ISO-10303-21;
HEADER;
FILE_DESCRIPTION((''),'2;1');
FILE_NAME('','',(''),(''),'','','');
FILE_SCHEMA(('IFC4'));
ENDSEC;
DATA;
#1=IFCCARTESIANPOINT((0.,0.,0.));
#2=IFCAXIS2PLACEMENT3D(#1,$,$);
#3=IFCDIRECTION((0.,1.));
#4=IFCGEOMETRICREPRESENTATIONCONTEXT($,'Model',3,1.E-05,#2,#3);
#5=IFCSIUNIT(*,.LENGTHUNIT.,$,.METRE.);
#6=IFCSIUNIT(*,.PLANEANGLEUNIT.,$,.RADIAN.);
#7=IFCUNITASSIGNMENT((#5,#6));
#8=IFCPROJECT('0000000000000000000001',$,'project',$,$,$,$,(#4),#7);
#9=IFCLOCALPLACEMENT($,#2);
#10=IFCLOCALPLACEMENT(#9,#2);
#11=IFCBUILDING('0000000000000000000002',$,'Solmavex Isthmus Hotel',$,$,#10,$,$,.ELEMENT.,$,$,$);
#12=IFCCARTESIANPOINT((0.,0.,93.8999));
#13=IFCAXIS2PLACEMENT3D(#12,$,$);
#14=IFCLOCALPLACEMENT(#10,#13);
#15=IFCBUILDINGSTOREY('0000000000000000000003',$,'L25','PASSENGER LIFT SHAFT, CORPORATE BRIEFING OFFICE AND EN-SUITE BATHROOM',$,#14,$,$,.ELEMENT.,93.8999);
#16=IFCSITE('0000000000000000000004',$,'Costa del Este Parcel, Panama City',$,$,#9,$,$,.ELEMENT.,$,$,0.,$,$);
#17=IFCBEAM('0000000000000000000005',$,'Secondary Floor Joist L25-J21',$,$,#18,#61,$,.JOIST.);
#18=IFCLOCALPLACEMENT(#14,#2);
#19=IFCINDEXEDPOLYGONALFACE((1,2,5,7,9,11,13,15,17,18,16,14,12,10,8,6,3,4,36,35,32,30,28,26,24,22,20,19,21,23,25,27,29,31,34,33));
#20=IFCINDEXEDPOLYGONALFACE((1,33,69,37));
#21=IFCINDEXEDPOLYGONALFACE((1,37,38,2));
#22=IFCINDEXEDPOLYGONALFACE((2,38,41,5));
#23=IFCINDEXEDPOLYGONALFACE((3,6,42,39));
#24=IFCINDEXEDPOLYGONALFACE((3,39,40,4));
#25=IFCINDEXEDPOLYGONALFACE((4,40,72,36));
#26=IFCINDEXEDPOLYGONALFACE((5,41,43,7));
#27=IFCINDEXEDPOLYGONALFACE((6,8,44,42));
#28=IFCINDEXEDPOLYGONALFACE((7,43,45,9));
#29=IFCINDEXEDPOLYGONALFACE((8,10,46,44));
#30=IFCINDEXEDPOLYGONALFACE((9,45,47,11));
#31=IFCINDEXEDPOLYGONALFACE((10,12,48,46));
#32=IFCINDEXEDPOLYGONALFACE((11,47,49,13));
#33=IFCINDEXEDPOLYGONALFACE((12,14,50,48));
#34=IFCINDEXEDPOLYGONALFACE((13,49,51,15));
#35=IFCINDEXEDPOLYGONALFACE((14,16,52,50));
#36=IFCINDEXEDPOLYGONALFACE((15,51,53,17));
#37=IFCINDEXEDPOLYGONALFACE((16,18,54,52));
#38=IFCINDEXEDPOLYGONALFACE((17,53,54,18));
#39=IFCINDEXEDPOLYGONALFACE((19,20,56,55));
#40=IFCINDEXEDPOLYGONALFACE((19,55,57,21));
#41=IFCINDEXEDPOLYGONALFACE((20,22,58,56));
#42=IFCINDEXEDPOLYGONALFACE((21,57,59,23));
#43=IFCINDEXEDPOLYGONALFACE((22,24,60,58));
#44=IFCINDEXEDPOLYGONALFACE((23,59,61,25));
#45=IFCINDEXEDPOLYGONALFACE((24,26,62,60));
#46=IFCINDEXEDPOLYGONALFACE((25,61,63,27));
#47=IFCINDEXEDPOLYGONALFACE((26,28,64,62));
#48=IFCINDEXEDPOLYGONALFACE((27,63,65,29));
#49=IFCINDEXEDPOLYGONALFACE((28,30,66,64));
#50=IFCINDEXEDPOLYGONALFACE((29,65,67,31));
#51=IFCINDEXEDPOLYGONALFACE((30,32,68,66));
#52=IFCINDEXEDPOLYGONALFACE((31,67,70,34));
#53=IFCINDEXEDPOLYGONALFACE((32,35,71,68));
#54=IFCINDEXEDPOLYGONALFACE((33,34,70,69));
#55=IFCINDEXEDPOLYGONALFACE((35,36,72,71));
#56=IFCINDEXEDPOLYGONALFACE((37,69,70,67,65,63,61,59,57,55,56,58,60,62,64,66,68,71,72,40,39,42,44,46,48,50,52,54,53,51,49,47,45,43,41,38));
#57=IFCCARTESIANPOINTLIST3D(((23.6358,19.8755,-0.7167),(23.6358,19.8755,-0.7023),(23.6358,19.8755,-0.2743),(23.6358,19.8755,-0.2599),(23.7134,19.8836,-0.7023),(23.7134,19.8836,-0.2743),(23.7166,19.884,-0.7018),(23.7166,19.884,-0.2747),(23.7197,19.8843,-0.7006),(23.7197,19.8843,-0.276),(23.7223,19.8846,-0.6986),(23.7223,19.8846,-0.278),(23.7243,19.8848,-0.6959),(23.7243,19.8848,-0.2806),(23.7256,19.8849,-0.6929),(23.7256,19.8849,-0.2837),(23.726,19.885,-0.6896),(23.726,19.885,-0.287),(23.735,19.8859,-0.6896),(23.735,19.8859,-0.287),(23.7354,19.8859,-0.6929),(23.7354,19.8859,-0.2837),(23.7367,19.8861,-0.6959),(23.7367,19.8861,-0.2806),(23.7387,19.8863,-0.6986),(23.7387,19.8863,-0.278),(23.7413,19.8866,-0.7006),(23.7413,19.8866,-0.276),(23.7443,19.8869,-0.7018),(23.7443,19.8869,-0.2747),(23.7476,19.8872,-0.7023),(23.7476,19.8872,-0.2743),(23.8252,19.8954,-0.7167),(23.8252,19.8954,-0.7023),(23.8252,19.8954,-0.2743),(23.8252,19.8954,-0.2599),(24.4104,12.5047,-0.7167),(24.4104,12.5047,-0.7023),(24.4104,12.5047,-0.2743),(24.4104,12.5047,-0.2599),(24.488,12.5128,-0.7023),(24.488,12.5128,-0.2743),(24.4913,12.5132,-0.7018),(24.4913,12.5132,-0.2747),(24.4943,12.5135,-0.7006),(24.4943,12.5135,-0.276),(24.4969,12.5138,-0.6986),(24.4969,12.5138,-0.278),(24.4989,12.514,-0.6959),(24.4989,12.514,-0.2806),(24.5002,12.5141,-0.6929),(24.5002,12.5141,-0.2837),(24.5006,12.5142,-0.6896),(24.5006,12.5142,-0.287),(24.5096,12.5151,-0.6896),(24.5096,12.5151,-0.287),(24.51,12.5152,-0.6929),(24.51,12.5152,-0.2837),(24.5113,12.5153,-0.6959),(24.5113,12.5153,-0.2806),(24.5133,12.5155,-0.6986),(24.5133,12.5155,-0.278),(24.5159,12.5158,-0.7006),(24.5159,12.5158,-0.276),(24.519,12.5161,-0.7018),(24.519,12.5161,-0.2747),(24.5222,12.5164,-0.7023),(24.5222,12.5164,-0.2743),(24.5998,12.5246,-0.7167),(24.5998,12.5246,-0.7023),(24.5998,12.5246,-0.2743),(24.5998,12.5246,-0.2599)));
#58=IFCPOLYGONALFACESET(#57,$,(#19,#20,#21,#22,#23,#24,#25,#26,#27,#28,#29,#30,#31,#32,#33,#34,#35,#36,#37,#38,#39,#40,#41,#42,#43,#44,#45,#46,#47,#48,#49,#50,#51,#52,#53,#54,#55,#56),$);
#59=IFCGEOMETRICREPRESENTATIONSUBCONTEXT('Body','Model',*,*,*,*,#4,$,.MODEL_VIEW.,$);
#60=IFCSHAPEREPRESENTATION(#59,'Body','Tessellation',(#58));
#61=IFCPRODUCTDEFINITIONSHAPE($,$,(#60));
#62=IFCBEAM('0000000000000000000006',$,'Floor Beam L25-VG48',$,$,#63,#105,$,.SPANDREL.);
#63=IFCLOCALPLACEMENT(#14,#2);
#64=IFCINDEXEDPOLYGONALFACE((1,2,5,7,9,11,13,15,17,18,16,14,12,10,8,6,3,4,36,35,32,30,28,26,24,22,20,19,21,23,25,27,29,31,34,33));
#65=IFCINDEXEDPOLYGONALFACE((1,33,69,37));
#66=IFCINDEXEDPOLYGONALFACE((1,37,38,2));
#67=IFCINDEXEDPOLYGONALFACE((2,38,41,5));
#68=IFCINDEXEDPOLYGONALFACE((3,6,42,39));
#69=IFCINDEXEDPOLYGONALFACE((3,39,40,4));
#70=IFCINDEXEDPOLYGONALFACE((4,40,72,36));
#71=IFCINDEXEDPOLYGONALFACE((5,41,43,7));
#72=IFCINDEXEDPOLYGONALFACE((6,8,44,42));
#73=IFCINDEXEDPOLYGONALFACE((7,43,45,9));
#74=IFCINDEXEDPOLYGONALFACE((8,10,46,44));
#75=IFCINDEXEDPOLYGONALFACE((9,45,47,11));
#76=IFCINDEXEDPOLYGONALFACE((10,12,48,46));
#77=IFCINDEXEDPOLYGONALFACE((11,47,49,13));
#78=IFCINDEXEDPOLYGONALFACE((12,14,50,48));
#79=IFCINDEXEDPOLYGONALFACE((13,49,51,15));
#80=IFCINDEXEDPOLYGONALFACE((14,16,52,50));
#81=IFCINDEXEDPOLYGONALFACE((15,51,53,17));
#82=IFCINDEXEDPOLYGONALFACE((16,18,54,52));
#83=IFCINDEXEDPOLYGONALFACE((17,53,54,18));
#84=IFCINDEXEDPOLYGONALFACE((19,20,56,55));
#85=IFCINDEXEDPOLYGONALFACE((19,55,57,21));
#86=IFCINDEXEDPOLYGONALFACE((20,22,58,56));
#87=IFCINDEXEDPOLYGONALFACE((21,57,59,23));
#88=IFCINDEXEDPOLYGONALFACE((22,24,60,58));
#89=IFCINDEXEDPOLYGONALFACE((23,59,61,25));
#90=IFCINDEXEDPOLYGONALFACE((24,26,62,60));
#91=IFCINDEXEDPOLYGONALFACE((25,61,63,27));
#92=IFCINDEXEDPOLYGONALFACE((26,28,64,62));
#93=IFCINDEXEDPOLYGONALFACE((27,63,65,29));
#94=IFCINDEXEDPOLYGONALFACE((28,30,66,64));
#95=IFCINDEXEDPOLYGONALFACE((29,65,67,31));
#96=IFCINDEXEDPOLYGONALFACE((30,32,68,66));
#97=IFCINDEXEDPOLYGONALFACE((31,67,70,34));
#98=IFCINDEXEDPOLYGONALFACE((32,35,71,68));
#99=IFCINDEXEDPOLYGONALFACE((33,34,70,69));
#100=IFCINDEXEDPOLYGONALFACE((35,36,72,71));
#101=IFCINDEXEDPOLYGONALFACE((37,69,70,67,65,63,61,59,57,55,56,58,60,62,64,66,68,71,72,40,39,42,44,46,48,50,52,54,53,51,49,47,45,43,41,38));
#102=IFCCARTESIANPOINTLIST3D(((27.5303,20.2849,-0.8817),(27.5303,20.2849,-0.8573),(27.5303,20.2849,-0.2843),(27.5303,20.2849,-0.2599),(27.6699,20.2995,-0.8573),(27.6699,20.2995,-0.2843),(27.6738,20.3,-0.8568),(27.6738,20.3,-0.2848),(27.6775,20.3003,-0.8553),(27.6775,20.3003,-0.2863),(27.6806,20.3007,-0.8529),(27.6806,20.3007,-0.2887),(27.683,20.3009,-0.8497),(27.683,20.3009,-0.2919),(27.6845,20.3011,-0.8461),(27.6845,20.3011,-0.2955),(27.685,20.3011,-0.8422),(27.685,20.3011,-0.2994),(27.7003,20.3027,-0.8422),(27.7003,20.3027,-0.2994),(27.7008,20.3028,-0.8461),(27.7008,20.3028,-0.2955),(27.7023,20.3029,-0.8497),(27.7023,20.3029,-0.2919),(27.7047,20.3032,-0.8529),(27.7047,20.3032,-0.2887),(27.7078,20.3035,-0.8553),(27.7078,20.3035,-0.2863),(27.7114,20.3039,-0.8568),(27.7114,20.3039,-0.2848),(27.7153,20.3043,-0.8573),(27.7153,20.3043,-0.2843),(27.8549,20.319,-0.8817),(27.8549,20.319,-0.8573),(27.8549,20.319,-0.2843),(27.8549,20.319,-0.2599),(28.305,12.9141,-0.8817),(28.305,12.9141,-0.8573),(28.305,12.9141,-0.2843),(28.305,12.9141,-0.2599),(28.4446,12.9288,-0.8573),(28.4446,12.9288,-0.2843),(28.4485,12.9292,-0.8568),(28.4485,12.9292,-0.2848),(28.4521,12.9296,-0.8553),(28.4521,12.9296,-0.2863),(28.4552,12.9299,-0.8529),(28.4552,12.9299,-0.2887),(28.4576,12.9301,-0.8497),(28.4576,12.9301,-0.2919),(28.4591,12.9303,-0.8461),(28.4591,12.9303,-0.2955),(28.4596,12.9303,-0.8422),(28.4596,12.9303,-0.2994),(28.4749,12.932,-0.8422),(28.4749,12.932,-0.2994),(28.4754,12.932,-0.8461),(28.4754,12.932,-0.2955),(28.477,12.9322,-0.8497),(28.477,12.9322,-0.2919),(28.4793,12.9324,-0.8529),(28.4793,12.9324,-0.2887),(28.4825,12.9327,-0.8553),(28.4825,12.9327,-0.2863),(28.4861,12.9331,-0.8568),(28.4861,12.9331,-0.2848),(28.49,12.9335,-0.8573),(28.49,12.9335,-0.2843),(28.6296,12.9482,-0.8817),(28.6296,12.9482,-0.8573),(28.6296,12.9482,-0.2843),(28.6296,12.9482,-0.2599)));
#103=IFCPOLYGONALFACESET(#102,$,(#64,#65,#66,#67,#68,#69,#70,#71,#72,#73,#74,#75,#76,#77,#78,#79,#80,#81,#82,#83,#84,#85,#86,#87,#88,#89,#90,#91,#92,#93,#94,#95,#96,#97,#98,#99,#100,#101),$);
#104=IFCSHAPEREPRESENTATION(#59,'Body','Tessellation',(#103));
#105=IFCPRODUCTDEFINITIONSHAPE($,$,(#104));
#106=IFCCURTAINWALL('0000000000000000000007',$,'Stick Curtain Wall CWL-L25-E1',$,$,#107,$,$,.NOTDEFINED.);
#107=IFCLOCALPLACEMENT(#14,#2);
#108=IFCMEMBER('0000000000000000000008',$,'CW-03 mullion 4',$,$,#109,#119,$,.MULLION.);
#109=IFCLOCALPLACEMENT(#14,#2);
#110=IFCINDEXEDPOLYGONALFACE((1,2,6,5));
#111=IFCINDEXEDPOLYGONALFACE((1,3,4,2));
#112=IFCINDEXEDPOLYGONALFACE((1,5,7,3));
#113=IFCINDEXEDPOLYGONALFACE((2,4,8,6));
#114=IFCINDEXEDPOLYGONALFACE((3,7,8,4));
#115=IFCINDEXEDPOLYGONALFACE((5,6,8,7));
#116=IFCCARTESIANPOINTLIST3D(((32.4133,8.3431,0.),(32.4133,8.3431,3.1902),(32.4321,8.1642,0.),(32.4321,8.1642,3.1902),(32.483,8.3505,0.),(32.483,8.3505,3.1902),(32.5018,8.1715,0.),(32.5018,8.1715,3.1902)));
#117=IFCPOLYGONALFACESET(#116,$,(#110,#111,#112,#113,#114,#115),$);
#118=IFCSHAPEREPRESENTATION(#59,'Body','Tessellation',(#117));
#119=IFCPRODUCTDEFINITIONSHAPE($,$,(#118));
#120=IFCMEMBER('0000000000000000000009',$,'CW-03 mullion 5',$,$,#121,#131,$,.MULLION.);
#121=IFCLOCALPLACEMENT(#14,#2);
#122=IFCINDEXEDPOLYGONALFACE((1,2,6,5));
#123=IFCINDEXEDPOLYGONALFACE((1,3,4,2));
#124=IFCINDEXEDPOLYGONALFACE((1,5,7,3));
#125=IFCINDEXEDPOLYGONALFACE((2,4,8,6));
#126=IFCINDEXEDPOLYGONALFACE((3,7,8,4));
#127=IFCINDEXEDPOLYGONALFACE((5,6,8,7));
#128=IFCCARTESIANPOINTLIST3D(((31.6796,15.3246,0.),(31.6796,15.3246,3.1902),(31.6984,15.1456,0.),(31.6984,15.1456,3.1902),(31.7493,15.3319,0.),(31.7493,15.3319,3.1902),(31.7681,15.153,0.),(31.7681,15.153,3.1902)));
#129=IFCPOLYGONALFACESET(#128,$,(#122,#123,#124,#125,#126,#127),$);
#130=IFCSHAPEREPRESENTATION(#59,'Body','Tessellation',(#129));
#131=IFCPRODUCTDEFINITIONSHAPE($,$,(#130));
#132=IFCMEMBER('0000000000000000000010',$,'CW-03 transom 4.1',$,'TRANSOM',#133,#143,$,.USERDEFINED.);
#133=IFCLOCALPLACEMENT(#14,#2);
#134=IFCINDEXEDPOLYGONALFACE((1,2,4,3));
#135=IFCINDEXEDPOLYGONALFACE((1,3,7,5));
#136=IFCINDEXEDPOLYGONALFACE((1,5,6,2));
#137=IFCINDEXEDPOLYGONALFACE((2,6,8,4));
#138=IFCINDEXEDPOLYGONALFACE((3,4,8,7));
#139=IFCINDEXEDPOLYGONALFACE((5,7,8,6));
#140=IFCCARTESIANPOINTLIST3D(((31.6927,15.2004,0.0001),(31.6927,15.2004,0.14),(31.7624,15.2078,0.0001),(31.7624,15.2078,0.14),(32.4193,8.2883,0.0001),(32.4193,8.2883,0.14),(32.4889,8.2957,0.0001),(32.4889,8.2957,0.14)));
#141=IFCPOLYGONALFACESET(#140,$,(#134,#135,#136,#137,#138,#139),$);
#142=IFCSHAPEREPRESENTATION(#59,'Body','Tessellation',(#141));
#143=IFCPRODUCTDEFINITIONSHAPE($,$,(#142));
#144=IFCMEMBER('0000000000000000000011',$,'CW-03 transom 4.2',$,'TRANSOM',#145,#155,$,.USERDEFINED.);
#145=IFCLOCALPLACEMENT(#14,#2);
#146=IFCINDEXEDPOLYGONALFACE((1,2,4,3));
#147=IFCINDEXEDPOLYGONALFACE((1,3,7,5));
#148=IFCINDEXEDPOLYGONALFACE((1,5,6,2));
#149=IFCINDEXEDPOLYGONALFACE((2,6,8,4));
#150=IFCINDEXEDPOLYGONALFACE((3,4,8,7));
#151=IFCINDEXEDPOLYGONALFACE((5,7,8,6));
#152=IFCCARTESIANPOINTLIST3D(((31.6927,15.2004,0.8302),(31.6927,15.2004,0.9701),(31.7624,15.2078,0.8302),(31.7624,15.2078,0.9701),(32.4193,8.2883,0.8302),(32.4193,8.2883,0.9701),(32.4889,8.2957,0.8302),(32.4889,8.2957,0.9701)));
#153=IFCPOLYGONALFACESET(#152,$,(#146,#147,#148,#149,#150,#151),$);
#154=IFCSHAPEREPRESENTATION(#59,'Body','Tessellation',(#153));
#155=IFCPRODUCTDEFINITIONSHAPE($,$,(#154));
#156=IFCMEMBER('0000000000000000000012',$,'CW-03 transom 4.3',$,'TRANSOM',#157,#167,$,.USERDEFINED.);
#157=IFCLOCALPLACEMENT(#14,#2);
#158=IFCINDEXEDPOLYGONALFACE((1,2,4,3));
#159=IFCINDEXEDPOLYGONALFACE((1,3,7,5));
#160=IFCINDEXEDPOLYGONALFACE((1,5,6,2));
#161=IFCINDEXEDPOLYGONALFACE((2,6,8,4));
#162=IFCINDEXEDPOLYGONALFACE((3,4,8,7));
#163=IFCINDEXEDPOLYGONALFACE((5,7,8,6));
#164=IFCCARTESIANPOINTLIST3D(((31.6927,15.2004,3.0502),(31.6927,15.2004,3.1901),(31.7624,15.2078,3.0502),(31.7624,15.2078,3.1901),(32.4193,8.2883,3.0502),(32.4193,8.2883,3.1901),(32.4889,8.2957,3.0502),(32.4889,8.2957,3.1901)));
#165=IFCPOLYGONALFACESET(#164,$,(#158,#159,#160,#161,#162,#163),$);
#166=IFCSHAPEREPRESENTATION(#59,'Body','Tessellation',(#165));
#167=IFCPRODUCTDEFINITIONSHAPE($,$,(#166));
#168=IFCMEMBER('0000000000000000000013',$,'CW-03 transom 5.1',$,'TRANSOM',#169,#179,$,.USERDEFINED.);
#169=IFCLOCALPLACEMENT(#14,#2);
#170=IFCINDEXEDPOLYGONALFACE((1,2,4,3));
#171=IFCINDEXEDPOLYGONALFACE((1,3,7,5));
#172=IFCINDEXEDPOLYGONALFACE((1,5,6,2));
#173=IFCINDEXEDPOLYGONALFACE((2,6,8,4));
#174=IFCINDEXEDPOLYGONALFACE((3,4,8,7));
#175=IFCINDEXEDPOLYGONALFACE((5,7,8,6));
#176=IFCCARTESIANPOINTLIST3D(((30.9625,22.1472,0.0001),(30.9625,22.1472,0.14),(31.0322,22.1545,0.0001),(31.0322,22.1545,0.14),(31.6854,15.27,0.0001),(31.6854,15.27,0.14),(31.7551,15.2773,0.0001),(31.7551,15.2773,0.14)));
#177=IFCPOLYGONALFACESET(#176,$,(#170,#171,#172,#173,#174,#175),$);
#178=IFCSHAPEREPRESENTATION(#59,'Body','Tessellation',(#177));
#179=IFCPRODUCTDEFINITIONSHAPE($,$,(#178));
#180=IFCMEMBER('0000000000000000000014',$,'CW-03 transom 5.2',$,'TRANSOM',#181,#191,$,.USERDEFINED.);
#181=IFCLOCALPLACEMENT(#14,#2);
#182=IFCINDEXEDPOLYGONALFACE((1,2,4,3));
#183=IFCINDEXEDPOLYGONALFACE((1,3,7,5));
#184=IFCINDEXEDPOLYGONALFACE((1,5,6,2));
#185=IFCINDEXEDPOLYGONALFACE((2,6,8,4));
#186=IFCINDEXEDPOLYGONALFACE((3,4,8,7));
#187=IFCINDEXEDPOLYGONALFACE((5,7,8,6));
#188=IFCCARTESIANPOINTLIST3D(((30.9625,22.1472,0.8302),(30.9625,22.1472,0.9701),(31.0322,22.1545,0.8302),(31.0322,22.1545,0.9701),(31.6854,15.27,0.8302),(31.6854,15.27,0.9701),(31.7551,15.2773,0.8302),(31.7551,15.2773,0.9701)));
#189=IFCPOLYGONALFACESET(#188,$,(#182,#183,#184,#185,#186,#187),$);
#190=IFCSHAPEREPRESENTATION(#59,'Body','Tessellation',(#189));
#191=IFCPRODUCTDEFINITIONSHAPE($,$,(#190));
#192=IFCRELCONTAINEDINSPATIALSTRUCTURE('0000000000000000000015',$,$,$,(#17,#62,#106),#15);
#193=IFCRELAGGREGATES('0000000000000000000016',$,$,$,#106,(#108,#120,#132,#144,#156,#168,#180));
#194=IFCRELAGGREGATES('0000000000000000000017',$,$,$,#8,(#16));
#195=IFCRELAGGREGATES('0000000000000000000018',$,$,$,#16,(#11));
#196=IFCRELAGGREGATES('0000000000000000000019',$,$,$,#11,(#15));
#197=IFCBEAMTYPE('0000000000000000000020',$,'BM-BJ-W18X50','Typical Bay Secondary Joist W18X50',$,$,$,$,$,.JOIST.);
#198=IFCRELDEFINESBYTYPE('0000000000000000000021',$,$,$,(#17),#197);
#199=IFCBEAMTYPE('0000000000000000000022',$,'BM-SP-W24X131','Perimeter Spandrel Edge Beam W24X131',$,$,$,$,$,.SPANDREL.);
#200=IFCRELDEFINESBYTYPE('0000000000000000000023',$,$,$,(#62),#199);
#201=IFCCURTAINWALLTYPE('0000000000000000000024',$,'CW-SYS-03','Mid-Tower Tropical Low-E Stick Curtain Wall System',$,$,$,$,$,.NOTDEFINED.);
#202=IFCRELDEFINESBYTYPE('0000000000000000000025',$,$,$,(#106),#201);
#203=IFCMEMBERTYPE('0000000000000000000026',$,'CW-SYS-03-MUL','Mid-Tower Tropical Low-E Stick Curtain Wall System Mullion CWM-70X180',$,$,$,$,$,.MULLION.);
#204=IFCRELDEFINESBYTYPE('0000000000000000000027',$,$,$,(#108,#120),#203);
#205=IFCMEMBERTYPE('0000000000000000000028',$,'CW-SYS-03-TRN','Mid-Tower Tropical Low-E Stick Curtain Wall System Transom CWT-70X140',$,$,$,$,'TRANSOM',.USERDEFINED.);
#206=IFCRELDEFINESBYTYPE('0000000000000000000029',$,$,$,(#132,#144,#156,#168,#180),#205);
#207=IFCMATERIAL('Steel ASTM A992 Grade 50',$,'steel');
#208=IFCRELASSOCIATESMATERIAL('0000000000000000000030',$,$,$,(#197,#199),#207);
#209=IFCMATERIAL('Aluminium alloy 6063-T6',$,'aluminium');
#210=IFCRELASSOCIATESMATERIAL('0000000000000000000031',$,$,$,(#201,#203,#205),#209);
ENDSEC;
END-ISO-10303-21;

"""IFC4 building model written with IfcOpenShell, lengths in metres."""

from ifc_helpers import new_model, si_unit, direction, frame, origin, origin_2d, place, context, subcontext, project, spatial, rectangle, i_section, extrude, material, material_profile, profile_set, type_object, element, aggregate, save


model = new_model("IFC4")

# Units and contexts
model_context = context("Model", 3, precision=1e-05, world=origin(), true_north=direction((0.0, 1.0)))
body_context = subcontext(model_context, "Body", "Model", "MODEL_VIEW")
ifc_project = project(units=[si_unit("LENGTHUNIT", "METRE"), si_unit("PLANEANGLEUNIT", "RADIAN")], contexts=[model_context])

# Site, building, storey
site_placement = place(None, origin())
site = spatial("IfcSite", under=ifc_project, at=site_placement, Name="Costa del Este Parcel, Panama City", CompositionType="ELEMENT", RefElevation=0.0)
building_placement = place(site_placement, origin())
building = spatial("IfcBuilding", under=site, at=building_placement, Name="Solmavex Isthmus Hotel", CompositionType="ELEMENT")
storey_placement = place(building_placement, frame((0.0, 0.0, 93.8999)))
storey = spatial("IfcBuildingStorey", under=building, at=storey_placement, Name="L25", Description="PASSENGER LIFT SHAFT, CORPORATE BRIEFING OFFICE AND EN-SUITE BATHROOM", CompositionType="ELEMENT", Elevation=93.8999)

# Beams
ifc_material_1 = material(Name="Steel ASTM A992 Grade 50", Category="steel")
ifc_material_profile_1 = material_profile(ifc_material_1, i_section(OverallWidth=0.1904, OverallDepth=0.4568, WebThickness=0.009, FlangeThickness=0.0144, FilletRadius=0.0127, at=origin_2d()), Name="W18X50")
ifc_profile_set_1 = profile_set([ifc_material_profile_1], Name="Steel ASTM A992 Grade 50")
beam_type_1 = type_object("IfcBeamType", Name="BM-BJ-W18X50", Description="Typical Bay Secondary Joist W18X50", PredefinedType="JOIST", material=ifc_profile_set_1)
beam_1_placement = place(storey_placement, frame((24.5051, 12.5146, -0.4883), z_axis=(-0.104522, 0.994523, 0.0), x_axis=(-0.994523, -0.104522, 0.0)))
element("IfcBeam", 1, at=beam_1_placement, inside=storey, type_object=beam_type_1, Name="Secondary Floor Joist L25-J21", PredefinedType="JOIST", context=body_context, shape_type="SweptSolid", body=[
    extrude(i_section(OverallWidth=0.1904, OverallDepth=0.4568, WebThickness=0.009, FlangeThickness=0.0144, FilletRadius=0.0127, at=origin_2d()), origin(), (0.0, 0.0, 1.0), 7.4114),
])
ifc_material_profile_2 = material_profile(ifc_material_1, i_section(OverallWidth=0.3264, OverallDepth=0.6218, WebThickness=0.0154, FlangeThickness=0.0244, FilletRadius=0.0151, at=origin_2d()), Name="W24X131")
ifc_profile_set_2 = profile_set([ifc_material_profile_2], Name="Steel ASTM A992 Grade 50")
beam_type_2 = type_object("IfcBeamType", Name="BM-SP-W24X131", Description="Perimeter Spandrel Edge Beam W24X131", PredefinedType="SPANDREL", material=ifc_profile_set_2)
beam_2_placement = place(storey_placement, frame((28.4673, 12.9312, -0.5708), z_axis=(-0.104522, 0.994523, 0.0), x_axis=(-0.994523, -0.104522, 0.0)))
element("IfcBeam", 2, at=beam_2_placement, inside=storey, type_object=beam_type_2, Name="Floor Beam L25-VG48", PredefinedType="SPANDREL", context=body_context, shape_type="SweptSolid", body=[
    extrude(i_section(OverallWidth=0.3264, OverallDepth=0.6218, WebThickness=0.0154, FlangeThickness=0.0244, FilletRadius=0.0151, at=origin_2d()), origin(), (0.0, 0.0, 1.0), 7.4114),
])

# Curtain wall, members
ifc_material_2 = material(Name="Aluminium alloy 6063-T6", Category="aluminium")
curtain_wall_type = type_object("IfcCurtainWallType", Name="CW-SYS-03", Description="Mid-Tower Tropical Low-E Stick Curtain Wall System", PredefinedType="NOTDEFINED", material=ifc_material_2)
curtain_wall_placement = place(storey_placement, origin())
curtain_wall = element("IfcCurtainWall", 3, at=curtain_wall_placement, inside=storey, type_object=curtain_wall_type, Name="Stick Curtain Wall CWL-L25-E1", PredefinedType="NOTDEFINED")
ifc_material_profile_3 = material_profile(ifc_material_2, rectangle(XDim=0.0701, YDim=0.1799, at=origin_2d()), Name="CWM-70X180")
ifc_profile_set_3 = profile_set([ifc_material_profile_3], Name="Aluminium alloy 6063-T6")
member_type_1 = type_object("IfcMemberType", Name="CW-SYS-03-MUL", Description="Mid-Tower Tropical Low-E Stick Curtain Wall System Mullion CWM-70X180", PredefinedType="MULLION", material=ifc_profile_set_3)
member_1_placement = place(storey_placement, frame((32.4575, 8.2573, 0.0), z_axis=(0.0, 0.0, 1.0), x_axis=(-0.994522, -0.104528, 0.0)))
member_1 = element("IfcMember", 4, at=member_1_placement, type_object=member_type_1, Name="CW-03 mullion 4", PredefinedType="MULLION", context=body_context, shape_type="SweptSolid", body=[
    extrude(rectangle(XDim=0.0701, YDim=0.1799, at=origin_2d()), origin(), (0.0, 0.0, 1.0), 3.1902),
])
member_2_placement = place(storey_placement, frame((31.7239, 15.2388, 0.0), z_axis=(0.0, 0.0, 1.0), x_axis=(-0.994522, -0.104528, 0.0)))
member_2 = element("IfcMember", 5, at=member_2_placement, type_object=member_type_1, Name="CW-03 mullion 5", PredefinedType="MULLION", context=body_context, shape_type="SweptSolid", body=[
    extrude(rectangle(XDim=0.0701, YDim=0.1799, at=origin_2d()), origin(), (0.0, 0.0, 1.0), 3.1902),
])
ifc_material_profile_4 = material_profile(ifc_material_2, rectangle(XDim=0.0701, YDim=0.1399, at=origin_2d()), Name="CWT-70X140")
ifc_profile_set_4 = profile_set([ifc_material_profile_4], Name="Aluminium alloy 6063-T6")
member_type_2 = type_object("IfcMemberType", Name="CW-SYS-03-TRN", Description="Mid-Tower Tropical Low-E Stick Curtain Wall System Transom CWT-70X140", ElementType="TRANSOM", PredefinedType="USERDEFINED", material=ifc_profile_set_4)
member_3_placement = place(storey_placement, frame((32.4541, 8.292, 0.0701), z_axis=(-0.104539, 0.994521, 0.0), x_axis=(-0.994521, -0.104539, 0.0)))
member_3 = element("IfcMember", 6, at=member_3_placement, type_object=member_type_2, Name="CW-03 transom 4.1", ObjectType="TRANSOM", PredefinedType="USERDEFINED", context=body_context, shape_type="SweptSolid", body=[
    extrude(rectangle(XDim=0.0701, YDim=0.1399, at=origin_2d()), origin(), (0.0, 0.0, 1.0), 6.9502),
])
member_4_placement = place(storey_placement, frame((32.4541, 8.292, 0.9001), z_axis=(-0.104539, 0.994521, 0.0), x_axis=(-0.994521, -0.104539, 0.0)))
member_4 = element("IfcMember", 7, at=member_4_placement, type_object=member_type_2, Name="CW-03 transom 4.2", ObjectType="TRANSOM", PredefinedType="USERDEFINED", context=body_context, shape_type="SweptSolid", body=[
    extrude(rectangle(XDim=0.0701, YDim=0.1399, at=origin_2d()), origin(), (0.0, 0.0, 1.0), 6.9502),
])
member_5_placement = place(storey_placement, frame((32.4541, 8.292, 3.1201), z_axis=(-0.104539, 0.994521, 0.0), x_axis=(-0.994521, -0.104539, 0.0)))
member_5 = element("IfcMember", 8, at=member_5_placement, type_object=member_type_2, Name="CW-03 transom 4.3", ObjectType="TRANSOM", PredefinedType="USERDEFINED", context=body_context, shape_type="SweptSolid", body=[
    extrude(rectangle(XDim=0.0701, YDim=0.1399, at=origin_2d()), origin(), (0.0, 0.0, 1.0), 6.9502),
])
member_6_placement = place(storey_placement, frame((31.7202, 15.2737, 0.0701), z_axis=(-0.10454, 0.994521, 0.0), x_axis=(-0.994521, -0.10454, 0.0)))
member_6 = element("IfcMember", 9, at=member_6_placement, type_object=member_type_2, Name="CW-03 transom 5.1", ObjectType="TRANSOM", PredefinedType="USERDEFINED", context=body_context, shape_type="SweptSolid", body=[
    extrude(rectangle(XDim=0.0701, YDim=0.1399, at=origin_2d()), origin(), (0.0, 0.0, 1.0), 6.915),
])
member_7_placement = place(storey_placement, frame((31.7202, 15.2737, 0.9001), z_axis=(-0.10454, 0.994521, 0.0), x_axis=(-0.994521, -0.10454, 0.0)))
member_7 = element("IfcMember", 10, at=member_7_placement, type_object=member_type_2, Name="CW-03 transom 5.2", ObjectType="TRANSOM", PredefinedType="USERDEFINED", context=body_context, shape_type="SweptSolid", body=[
    extrude(rectangle(XDim=0.0701, YDim=0.1399, at=origin_2d()), origin(), (0.0, 0.0, 1.0), 6.915),
])
aggregate(curtain_wall, [member_1, member_2, member_3, member_4, member_5, member_6, member_7])

save(model, "model.ifc")
